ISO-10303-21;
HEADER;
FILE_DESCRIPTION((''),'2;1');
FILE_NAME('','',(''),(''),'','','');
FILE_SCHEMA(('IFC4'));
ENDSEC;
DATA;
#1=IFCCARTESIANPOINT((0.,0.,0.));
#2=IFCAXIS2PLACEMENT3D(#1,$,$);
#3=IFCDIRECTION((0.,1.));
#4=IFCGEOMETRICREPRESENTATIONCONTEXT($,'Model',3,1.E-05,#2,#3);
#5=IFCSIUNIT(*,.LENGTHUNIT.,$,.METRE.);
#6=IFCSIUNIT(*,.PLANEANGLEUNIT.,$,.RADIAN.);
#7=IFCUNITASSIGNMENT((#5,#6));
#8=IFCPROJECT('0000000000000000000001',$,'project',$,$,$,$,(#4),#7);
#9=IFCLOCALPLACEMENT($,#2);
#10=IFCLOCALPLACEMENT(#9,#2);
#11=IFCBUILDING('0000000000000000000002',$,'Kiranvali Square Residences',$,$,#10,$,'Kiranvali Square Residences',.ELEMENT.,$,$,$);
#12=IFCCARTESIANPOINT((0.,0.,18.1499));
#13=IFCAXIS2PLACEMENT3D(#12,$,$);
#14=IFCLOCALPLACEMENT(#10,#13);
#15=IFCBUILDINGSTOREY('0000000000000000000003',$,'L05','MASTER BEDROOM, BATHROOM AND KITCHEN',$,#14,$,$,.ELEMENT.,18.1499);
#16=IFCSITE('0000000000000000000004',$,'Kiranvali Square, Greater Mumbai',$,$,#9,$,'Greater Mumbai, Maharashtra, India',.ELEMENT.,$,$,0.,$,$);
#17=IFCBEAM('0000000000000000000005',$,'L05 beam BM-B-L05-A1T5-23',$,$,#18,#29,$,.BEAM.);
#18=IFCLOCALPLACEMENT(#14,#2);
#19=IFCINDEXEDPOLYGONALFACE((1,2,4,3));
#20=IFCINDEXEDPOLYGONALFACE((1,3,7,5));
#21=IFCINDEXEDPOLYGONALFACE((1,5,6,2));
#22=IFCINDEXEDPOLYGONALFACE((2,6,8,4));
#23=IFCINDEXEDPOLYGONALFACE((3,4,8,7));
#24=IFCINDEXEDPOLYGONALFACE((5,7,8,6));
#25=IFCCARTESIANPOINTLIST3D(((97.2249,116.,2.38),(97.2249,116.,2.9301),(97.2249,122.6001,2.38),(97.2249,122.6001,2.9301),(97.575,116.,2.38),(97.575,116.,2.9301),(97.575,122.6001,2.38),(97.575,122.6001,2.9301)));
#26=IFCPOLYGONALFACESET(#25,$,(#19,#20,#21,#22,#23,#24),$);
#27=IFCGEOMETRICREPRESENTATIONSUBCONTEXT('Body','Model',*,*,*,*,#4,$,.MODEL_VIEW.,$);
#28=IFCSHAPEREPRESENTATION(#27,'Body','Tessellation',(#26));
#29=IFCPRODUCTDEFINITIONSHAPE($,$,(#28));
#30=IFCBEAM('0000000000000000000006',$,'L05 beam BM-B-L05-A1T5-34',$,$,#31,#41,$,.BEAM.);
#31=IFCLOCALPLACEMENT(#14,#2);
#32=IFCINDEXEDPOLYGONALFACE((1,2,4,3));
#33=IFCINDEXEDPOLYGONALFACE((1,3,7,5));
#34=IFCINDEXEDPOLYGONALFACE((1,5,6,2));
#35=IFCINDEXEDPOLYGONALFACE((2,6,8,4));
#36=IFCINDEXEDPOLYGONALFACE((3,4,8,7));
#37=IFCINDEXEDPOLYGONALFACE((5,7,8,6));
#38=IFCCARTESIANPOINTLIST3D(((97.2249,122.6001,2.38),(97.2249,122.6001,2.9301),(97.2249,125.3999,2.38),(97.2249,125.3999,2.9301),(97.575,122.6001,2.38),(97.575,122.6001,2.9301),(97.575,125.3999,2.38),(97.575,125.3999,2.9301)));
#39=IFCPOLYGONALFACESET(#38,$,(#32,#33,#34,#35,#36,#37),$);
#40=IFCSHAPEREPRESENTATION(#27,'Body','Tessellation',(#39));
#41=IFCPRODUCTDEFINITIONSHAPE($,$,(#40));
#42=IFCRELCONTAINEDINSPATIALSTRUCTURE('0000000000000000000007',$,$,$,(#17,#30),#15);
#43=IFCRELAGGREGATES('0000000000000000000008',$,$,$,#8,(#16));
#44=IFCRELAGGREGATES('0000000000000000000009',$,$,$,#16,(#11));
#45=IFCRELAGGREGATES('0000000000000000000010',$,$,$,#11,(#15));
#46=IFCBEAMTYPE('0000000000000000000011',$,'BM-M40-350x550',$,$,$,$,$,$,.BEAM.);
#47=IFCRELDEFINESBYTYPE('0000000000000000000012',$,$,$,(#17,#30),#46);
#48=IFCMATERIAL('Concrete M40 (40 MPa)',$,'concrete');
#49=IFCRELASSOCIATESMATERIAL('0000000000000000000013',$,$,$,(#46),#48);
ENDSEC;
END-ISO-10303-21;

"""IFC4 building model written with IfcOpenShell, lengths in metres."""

from ifc_helpers import new_model, si_unit, direction, frame, origin, origin_2d, place, context, subcontext, project, spatial, rectangle, extrude, material, material_profile, profile_set, type_object, element, save


model = new_model("IFC4")

# Units and contexts
model_context = context("Model", 3, precision=1e-05, world=origin(), true_north=direction((0.0, 1.0)))
body_context = subcontext(model_context, "Body", "Model", "MODEL_VIEW")
ifc_project = project(units=[si_unit("LENGTHUNIT", "METRE"), si_unit("PLANEANGLEUNIT", "RADIAN")], contexts=[model_context])

# Site, building, storey
site_placement = place(None, origin())
site = spatial("IfcSite", under=ifc_project, at=site_placement, Name="Kiranvali Square, Greater Mumbai", LongName="Greater Mumbai, Maharashtra, India", CompositionType="ELEMENT", RefElevation=0.0)
building_placement = place(site_placement, origin())
building = spatial("IfcBuilding", under=site, at=building_placement, Name="Kiranvali Square Residences", LongName="Kiranvali Square Residences", CompositionType="ELEMENT")
storey_placement = place(building_placement, frame((0.0, 0.0, 18.1499)))
storey = spatial("IfcBuildingStorey", under=building, at=storey_placement, Name="L05", Description="MASTER BEDROOM, BATHROOM AND KITCHEN", CompositionType="ELEMENT", Elevation=18.1499)

# Beams
ifc_material_1 = material(Name="Concrete M40 (40 MPa)", Category="concrete")
ifc_material_profile_1 = material_profile(ifc_material_1, rectangle(XDim=0.3501, YDim=0.55, at=origin_2d()), Name="RC 350x550")
ifc_profile_set_1 = profile_set([ifc_material_profile_1], Name="Concrete M40 (40 MPa)")
beam_type = type_object("IfcBeamType", Name="BM-M40-350x550", PredefinedType="BEAM", material=ifc_profile_set_1)
beam_1_placement = place(storey_placement, frame((97.3999, 116.0, 2.655), z_axis=(0.0, 1.0, 0.0), x_axis=(-1.0, 0.0, 0.0)))
element("IfcBeam", 1, at=beam_1_placement, inside=storey, type_object=beam_type, Name="L05 beam BM-B-L05-A1T5-23", PredefinedType="BEAM", context=body_context, shape_type="SweptSolid", body=[
    extrude(rectangle(XDim=0.3501, YDim=0.55, at=origin_2d()), origin(), (0.0, 0.0, 1.0), 6.6001),
])
beam_2_placement = place(storey_placement, frame((97.3999, 122.6001, 2.655), z_axis=(0.0, 1.0, 0.0), x_axis=(-1.0, 0.0, 0.0)))
element("IfcBeam", 2, at=beam_2_placement, inside=storey, type_object=beam_type, Name="L05 beam BM-B-L05-A1T5-34", PredefinedType="BEAM", context=body_context, shape_type="SweptSolid", body=[
    extrude(rectangle(XDim=0.3501, YDim=0.55, at=origin_2d()), origin(), (0.0, 0.0, 1.0), 2.7998),
])

save(model, "model.ifc")
